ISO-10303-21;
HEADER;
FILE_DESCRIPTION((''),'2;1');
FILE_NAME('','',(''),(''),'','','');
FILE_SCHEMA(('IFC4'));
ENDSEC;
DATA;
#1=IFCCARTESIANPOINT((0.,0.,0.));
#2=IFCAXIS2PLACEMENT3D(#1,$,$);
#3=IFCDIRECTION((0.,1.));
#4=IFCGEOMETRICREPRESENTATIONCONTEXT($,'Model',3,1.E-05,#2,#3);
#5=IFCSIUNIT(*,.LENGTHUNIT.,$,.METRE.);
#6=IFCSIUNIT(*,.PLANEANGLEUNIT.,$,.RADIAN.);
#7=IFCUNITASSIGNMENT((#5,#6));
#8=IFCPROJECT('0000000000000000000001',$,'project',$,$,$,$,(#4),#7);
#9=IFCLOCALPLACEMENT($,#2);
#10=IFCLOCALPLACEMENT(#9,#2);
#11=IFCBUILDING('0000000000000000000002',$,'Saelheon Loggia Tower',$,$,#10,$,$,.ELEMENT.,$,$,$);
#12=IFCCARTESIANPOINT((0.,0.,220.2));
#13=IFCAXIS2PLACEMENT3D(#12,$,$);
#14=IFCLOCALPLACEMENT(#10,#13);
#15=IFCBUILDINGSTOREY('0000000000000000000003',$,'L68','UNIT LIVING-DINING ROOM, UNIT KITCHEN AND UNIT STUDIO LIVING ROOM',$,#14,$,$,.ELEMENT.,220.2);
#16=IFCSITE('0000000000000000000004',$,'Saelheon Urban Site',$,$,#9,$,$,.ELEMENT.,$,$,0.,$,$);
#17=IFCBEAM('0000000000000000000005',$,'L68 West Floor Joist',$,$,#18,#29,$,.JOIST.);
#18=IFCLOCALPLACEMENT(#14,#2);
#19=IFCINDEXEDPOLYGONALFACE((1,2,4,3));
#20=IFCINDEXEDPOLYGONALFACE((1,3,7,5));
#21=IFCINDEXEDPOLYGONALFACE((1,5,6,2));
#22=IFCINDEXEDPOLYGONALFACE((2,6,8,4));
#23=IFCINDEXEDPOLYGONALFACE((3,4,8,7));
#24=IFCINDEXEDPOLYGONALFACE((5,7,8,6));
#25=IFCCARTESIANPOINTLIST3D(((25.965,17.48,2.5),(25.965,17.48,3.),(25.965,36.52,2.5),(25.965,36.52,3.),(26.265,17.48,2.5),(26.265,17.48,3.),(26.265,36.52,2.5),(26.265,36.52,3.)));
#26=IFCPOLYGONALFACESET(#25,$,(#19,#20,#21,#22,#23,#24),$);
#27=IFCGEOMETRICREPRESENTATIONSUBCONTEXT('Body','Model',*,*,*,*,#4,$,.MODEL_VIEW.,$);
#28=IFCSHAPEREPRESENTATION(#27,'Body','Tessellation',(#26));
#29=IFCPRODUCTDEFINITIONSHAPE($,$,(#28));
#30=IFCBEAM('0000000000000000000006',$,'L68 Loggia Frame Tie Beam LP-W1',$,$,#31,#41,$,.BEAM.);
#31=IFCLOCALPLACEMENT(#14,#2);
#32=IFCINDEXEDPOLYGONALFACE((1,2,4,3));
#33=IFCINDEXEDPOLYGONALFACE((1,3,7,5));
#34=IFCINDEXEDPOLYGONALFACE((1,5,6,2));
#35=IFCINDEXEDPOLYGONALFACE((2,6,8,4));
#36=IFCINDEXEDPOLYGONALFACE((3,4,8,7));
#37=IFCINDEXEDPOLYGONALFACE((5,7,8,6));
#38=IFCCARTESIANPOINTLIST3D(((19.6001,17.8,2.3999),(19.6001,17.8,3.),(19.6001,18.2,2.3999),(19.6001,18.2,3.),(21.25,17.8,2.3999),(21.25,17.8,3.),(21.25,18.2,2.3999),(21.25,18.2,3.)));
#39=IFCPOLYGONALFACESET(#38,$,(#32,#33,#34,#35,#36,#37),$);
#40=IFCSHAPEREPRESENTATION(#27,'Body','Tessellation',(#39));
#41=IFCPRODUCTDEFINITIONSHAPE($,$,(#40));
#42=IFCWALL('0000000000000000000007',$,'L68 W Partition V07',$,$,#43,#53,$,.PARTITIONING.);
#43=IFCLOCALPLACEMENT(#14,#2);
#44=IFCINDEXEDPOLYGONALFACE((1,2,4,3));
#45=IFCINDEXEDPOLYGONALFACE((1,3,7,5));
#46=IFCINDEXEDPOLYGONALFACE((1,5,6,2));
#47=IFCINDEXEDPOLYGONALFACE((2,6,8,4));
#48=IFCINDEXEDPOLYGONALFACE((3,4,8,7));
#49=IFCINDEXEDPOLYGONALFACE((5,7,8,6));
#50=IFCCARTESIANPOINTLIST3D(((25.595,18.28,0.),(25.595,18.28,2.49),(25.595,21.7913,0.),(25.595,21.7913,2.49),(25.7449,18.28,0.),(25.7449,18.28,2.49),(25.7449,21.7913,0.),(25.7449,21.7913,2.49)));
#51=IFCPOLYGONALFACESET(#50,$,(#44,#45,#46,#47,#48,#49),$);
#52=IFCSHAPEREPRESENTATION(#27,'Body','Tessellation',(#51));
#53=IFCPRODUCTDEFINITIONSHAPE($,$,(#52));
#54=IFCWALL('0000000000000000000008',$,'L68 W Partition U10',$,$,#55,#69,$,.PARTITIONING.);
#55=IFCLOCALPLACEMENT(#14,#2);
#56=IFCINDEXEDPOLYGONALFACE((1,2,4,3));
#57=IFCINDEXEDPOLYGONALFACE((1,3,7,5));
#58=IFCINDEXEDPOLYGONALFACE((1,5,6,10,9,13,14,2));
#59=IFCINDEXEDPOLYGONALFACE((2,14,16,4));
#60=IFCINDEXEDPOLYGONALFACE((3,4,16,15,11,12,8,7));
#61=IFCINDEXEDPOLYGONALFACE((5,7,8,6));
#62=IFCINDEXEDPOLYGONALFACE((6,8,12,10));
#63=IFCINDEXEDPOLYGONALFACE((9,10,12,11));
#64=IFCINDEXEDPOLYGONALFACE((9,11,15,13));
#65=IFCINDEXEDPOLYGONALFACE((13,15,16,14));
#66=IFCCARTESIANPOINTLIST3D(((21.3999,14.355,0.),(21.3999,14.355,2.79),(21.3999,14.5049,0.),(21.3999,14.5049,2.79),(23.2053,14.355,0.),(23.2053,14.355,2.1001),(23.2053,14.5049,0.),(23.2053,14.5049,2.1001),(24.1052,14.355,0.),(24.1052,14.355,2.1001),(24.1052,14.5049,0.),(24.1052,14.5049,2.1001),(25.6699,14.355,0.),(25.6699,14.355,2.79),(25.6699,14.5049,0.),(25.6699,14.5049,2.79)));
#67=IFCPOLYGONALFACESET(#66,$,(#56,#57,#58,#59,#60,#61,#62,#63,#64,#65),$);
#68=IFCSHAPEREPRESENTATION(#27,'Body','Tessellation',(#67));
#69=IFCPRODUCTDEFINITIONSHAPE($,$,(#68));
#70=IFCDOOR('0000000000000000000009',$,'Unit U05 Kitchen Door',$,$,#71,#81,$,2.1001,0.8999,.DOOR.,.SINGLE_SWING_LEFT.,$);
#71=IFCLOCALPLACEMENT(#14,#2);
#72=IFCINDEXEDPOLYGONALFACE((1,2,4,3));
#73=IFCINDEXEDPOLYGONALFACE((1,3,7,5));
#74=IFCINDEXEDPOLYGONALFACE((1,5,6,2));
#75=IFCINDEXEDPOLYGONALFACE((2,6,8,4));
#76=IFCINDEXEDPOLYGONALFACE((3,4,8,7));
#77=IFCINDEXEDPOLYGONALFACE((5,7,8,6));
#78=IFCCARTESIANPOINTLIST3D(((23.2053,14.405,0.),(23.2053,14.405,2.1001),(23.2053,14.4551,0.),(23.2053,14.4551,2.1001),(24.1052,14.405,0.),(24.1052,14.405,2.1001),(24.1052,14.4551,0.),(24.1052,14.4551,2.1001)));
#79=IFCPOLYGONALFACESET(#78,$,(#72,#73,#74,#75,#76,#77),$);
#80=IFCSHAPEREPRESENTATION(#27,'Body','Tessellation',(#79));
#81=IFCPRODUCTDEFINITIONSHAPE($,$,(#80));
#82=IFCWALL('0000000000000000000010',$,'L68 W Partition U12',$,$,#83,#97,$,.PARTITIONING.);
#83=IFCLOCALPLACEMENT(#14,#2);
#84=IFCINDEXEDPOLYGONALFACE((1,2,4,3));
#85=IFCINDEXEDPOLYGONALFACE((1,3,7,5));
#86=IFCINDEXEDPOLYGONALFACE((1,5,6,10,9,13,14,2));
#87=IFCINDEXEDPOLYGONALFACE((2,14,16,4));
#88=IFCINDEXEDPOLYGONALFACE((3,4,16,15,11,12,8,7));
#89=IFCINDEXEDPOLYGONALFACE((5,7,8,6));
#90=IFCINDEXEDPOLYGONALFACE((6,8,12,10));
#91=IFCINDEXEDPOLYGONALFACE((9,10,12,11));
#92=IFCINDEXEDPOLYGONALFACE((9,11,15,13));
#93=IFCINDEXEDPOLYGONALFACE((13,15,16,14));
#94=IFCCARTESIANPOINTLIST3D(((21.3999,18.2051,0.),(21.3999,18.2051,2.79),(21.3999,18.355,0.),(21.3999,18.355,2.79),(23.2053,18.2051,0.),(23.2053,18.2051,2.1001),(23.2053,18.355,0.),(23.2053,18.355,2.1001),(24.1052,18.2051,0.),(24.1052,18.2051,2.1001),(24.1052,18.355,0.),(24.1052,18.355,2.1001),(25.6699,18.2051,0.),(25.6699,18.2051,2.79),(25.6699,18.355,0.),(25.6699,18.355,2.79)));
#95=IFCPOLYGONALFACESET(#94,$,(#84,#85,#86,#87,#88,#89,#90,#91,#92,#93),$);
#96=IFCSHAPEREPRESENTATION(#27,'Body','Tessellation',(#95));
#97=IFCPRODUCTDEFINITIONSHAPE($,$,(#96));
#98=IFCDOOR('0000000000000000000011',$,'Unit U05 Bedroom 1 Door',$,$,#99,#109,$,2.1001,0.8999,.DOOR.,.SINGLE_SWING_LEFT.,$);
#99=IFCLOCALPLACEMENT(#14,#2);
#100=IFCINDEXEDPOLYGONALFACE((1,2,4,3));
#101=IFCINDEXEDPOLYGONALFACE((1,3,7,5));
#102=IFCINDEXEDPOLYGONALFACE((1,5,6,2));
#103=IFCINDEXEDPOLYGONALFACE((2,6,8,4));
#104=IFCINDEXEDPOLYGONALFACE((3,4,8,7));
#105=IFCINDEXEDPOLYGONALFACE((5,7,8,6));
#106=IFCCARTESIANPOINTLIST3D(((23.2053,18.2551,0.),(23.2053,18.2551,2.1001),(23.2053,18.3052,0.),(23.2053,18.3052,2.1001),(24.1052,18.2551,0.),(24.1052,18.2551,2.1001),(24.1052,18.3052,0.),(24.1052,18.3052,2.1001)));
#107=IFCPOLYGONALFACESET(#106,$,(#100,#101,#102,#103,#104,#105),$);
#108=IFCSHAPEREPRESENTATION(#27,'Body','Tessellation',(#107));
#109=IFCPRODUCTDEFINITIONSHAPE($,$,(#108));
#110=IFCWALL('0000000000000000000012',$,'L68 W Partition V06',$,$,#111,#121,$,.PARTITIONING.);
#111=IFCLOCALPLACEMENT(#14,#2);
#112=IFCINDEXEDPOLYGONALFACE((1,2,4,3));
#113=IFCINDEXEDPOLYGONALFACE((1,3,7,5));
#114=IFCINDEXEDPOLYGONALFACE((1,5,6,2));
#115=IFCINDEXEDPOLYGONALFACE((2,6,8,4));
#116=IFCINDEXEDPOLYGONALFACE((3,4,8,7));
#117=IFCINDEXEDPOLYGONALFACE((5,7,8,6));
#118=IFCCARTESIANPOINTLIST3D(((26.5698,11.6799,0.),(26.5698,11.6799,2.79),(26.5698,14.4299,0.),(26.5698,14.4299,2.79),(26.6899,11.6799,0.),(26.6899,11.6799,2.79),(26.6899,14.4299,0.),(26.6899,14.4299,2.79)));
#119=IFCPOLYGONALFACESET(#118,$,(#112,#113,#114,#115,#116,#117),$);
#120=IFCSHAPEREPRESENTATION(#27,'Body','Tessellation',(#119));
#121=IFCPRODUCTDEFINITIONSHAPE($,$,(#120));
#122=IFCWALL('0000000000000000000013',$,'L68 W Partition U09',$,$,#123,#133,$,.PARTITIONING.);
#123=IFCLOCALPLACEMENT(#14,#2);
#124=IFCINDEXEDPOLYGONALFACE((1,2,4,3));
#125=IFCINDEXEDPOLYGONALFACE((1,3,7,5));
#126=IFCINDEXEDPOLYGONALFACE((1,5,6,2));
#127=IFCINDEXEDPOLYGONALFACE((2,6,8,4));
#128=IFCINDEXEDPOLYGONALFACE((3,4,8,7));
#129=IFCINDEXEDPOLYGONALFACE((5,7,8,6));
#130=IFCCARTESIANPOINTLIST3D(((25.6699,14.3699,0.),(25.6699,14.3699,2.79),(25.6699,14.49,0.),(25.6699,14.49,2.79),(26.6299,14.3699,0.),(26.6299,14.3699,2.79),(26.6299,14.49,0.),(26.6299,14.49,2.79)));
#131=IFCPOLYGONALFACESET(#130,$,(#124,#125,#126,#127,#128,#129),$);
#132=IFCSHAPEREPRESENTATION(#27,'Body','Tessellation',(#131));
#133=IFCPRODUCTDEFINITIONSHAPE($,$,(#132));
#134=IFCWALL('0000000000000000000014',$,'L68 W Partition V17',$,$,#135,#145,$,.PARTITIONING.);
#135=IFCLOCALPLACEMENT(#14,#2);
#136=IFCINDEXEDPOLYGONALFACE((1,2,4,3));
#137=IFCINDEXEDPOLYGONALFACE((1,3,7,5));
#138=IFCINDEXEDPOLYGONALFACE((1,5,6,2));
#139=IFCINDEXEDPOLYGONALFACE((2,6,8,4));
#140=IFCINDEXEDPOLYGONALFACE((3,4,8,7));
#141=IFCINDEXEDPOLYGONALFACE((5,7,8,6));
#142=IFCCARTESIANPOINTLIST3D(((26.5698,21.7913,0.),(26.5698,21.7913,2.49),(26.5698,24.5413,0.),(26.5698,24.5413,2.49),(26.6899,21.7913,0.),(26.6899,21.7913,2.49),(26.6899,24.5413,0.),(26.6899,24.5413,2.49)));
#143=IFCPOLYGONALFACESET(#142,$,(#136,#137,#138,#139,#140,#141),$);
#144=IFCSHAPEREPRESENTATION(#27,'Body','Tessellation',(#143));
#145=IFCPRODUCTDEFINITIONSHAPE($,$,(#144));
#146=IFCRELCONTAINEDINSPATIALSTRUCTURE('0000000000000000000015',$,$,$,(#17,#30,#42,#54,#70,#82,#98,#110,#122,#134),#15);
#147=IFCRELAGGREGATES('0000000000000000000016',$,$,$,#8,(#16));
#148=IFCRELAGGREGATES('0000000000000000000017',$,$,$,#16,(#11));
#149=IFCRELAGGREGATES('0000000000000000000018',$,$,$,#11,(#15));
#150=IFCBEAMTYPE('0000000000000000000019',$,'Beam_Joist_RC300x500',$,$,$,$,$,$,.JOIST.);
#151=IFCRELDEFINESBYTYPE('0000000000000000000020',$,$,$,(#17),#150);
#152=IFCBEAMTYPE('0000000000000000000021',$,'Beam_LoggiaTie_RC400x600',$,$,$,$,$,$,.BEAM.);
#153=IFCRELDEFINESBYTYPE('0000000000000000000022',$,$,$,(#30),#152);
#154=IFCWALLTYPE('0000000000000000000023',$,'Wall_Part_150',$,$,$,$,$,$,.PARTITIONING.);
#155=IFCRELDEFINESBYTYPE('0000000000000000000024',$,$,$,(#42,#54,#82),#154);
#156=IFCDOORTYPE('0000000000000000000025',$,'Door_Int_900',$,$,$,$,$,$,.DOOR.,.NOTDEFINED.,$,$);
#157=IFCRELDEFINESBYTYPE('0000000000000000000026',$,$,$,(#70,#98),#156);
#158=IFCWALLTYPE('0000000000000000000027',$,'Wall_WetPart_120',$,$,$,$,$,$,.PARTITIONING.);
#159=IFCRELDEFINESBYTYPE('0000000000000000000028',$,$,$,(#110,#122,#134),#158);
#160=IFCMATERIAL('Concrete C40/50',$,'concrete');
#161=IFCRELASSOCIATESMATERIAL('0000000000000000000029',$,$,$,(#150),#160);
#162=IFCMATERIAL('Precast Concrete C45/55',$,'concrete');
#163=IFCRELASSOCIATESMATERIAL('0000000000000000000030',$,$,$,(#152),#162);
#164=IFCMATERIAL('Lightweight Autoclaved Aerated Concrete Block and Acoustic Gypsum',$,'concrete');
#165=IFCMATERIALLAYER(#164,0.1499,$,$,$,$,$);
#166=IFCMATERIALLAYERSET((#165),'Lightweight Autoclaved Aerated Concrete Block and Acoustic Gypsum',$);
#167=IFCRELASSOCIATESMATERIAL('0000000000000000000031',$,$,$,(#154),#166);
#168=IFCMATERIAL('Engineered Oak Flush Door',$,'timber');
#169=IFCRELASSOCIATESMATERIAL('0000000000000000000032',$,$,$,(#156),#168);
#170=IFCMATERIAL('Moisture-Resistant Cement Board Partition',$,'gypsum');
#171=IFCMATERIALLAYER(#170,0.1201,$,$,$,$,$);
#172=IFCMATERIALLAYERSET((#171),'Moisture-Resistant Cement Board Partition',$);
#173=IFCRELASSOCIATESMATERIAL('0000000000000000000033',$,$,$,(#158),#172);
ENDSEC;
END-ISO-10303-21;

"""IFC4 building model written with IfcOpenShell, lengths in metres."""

from ifc_helpers import new_model, si_unit, direction, frame, frame_2d, origin, origin_2d, place, context, subcontext, project, spatial, rectangle, extrude, source, transform, mapped, material, layer, layer_set, material_profile, profile_set, type_object, element, fill, save


model = new_model("IFC4")

# Units and contexts
model_context = context("Model", 3, precision=1e-05, world=origin(), true_north=direction((0.0, 1.0)))
body_context = subcontext(model_context, "Body", "Model", "MODEL_VIEW")
ifc_project = project(units=[si_unit("LENGTHUNIT", "METRE"), si_unit("PLANEANGLEUNIT", "RADIAN")], contexts=[model_context])

# Site, building, storey
site_placement = place(None, origin())
site = spatial("IfcSite", under=ifc_project, at=site_placement, Name="Saelheon Urban Site", CompositionType="ELEMENT", RefElevation=0.0)
building_placement = place(site_placement, origin())
building = spatial("IfcBuilding", under=site, at=building_placement, Name="Saelheon Loggia Tower", CompositionType="ELEMENT")
storey_placement = place(building_placement, frame((0.0, 0.0, 220.2)))
storey = spatial("IfcBuildingStorey", under=building, at=storey_placement, Name="L68", Description="UNIT LIVING-DINING ROOM, UNIT KITCHEN AND UNIT STUDIO LIVING ROOM", CompositionType="ELEMENT", Elevation=220.2)

# Beams
ifc_material_1 = material(Name="Concrete C40/50", Category="concrete")
ifc_material_profile_1 = material_profile(ifc_material_1, rectangle(XDim=0.3, YDim=0.5, at=origin_2d()), Name="RC-300x500")
ifc_profile_set_1 = profile_set([ifc_material_profile_1], Name="Concrete C40/50")
beam_type_1 = type_object("IfcBeamType", Name="Beam_Joist_RC300x500", PredefinedType="JOIST", material=ifc_profile_set_1)
shared_shape_1 = source(origin(), body_context, "Body", "SweptSolid", [
    extrude(rectangle(XDim=0.3, YDim=0.5, at=origin_2d()), origin(), (0.0, 0.0, 1.0), 19.04),
])
beam_1_placement = place(storey_placement, frame((26.115, 17.48, 2.75), z_axis=(0.0, 1.0, 0.0), x_axis=(-1.0, 0.0, 0.0)))
element("IfcBeam", 1, at=beam_1_placement, inside=storey, type_object=beam_type_1, Name="L68 West Floor Joist", PredefinedType="JOIST", context=body_context, shape_type="MappedRepresentation", body=[
    mapped(shared_shape_1, transform((0.0, 0.0, 0.0), scale=1.0)),
])
ifc_material_2 = material(Name="Precast Concrete C45/55", Category="concrete")
ifc_material_profile_2 = material_profile(ifc_material_2, rectangle(XDim=0.3999, YDim=0.6001, at=origin_2d()), Name="RC-400x600")
ifc_profile_set_2 = profile_set([ifc_material_profile_2], Name="Precast Concrete C45/55")
beam_type_2 = type_object("IfcBeamType", Name="Beam_LoggiaTie_RC400x600", PredefinedType="BEAM", material=ifc_profile_set_2)
shared_shape_2 = source(origin(), body_context, "Body", "SweptSolid", [
    extrude(rectangle(XDim=0.3999, YDim=0.6001, at=origin_2d()), origin(), (0.0, 0.0, 1.0), 1.6499),
])
beam_2_placement = place(storey_placement, frame((21.25, 18.0, 2.7), z_axis=(-1.0, 0.0, 0.0), x_axis=(0.0, -1.0, 0.0)))
element("IfcBeam", 2, at=beam_2_placement, inside=storey, type_object=beam_type_2, Name="L68 Loggia Frame Tie Beam LP-W1", PredefinedType="BEAM", context=body_context, shape_type="MappedRepresentation", body=[
    mapped(shared_shape_2, transform((0.0, 0.0, 0.0), scale=1.0)),
])

# Wall
ifc_material_3 = material(Name="Lightweight Autoclaved Aerated Concrete Block and Acoustic Gypsum", Category="concrete")
ifc_layer_1 = layer(ifc_material_3, 0.1499)
ifc_layer_set_1 = layer_set([ifc_layer_1], Name="Lightweight Autoclaved Aerated Concrete Block and Acoustic Gypsum")
wall_type_1 = type_object("IfcWallType", Name="Wall_Part_150", PredefinedType="PARTITIONING", material=ifc_layer_set_1)
wall_1_placement = place(storey_placement, frame((25.6699, 18.28, 0.0), z_axis=(0.0, 0.0, 1.0), x_axis=(0.0, 1.0, 0.0)))
element("IfcWall", 3, at=wall_1_placement, inside=storey, type_object=wall_type_1, Name="L68 W Partition V07", PredefinedType="PARTITIONING", context=body_context, shape_type="SweptSolid", body=[
    extrude(rectangle(XDim=3.5112, YDim=0.1499, at=frame_2d((1.7556, 0.0))), origin(), (0.0, 0.0, 1.0), 2.49),
])

# Walls, openings, doors
wall_2_placement = place(storey_placement, frame((25.6699, 14.4299, 0.0), z_axis=(0.0, 0.0, 1.0), x_axis=(-1.0, 0.0, 0.0)))
wall_2 = element("IfcWall", 4, at=wall_2_placement, inside=storey, type_object=wall_type_1, Name="L68 W Partition U10", PredefinedType="PARTITIONING", context=body_context, shape_type="SweptSolid", body=[
    extrude(rectangle(XDim=4.27, YDim=0.1499, at=frame_2d((2.135, 0.0))), origin(), (0.0, 0.0, 1.0), 2.79),
])
opening_1_placement = place(wall_2_placement, frame((1.5647, 0.0, 0.0)))
opening_1 = element("IfcOpeningElement", 5, at=opening_1_placement, cuts=wall_2, PredefinedType="OPENING", context=body_context, shape_type="SweptSolid", body=[
    extrude(rectangle(XDim=0.8999, YDim=2.1001, at=frame_2d((0.45, 1.05))), frame((0.0, 0.0869, 0.0), z_axis=(0.0, -1.0, 0.0), x_axis=(1.0, 0.0, 0.0)), (0.0, 0.0, 1.0), 0.1738),
])
ifc_material_4 = material(Name="Engineered Oak Flush Door", Category="timber")
door_type = type_object("IfcDoorType", Name="Door_Int_900", OperationType="NOTDEFINED", PredefinedType="DOOR", material=ifc_material_4)
shared_shape_3 = source(origin(), body_context, "Body", "SweptSolid", [
    extrude(rectangle(XDim=0.8999, YDim=2.1001, at=frame_2d((0.45, 1.05))), frame((0.0, 0.0249, 0.0), z_axis=(0.0, -1.0, 0.0), x_axis=(1.0, 0.0, 0.0)), (0.0, 0.0, 1.0), 0.05),
])
door_1_placement = place(opening_1_placement, origin())
door_1 = element("IfcDoor", 6, at=door_1_placement, inside=storey, type_object=door_type, Name="Unit U05 Kitchen Door", OperationType="SINGLE_SWING_LEFT", OverallHeight=2.1001, OverallWidth=0.8999, PredefinedType="DOOR", context=body_context, shape_type="MappedRepresentation", body=[
    mapped(shared_shape_3, transform((0.0, 0.0, 0.0), scale=1.0)),
])
fill(opening_1, door_1)
wall_3_placement = place(storey_placement, frame((25.6699, 18.28, 0.0), z_axis=(0.0, 0.0, 1.0), x_axis=(-1.0, 0.0, 0.0)))
wall_3 = element("IfcWall", 7, at=wall_3_placement, inside=storey, type_object=wall_type_1, Name="L68 W Partition U12", PredefinedType="PARTITIONING", context=body_context, shape_type="SweptSolid", body=[
    extrude(rectangle(XDim=4.27, YDim=0.1499, at=frame_2d((2.135, 0.0))), origin(), (0.0, 0.0, 1.0), 2.79),
])
opening_2_placement = place(wall_3_placement, frame((1.5647, 0.0, 0.0)))
opening_2 = element("IfcOpeningElement", 8, at=opening_2_placement, cuts=wall_3, PredefinedType="OPENING", context=body_context, shape_type="SweptSolid", body=[
    extrude(rectangle(XDim=0.8999, YDim=2.1001, at=frame_2d((0.45, 1.05))), frame((0.0, 0.0869, 0.0), z_axis=(0.0, -1.0, 0.0), x_axis=(1.0, 0.0, 0.0)), (0.0, 0.0, 1.0), 0.1738),
])
door_2_placement = place(opening_2_placement, origin())
door_2 = element("IfcDoor", 9, at=door_2_placement, inside=storey, type_object=door_type, Name="Unit U05 Bedroom 1 Door", OperationType="SINGLE_SWING_LEFT", OverallHeight=2.1001, OverallWidth=0.8999, PredefinedType="DOOR", context=body_context, shape_type="MappedRepresentation", body=[
    mapped(shared_shape_3, transform((0.0, 0.0, 0.0), scale=1.0)),
])
fill(opening_2, door_2)

# Walls
ifc_material_5 = material(Name="Moisture-Resistant Cement Board Partition", Category="gypsum")
ifc_layer_2 = layer(ifc_material_5, 0.1201)
ifc_layer_set_2 = layer_set([ifc_layer_2], Name="Moisture-Resistant Cement Board Partition")
wall_type_2 = type_object("IfcWallType", Name="Wall_WetPart_120", PredefinedType="PARTITIONING", material=ifc_layer_set_2)
wall_4_placement = place(storey_placement, frame((26.6299, 11.6799, 0.0), z_axis=(0.0, 0.0, 1.0), x_axis=(0.0, 1.0, 0.0)))
element("IfcWall", 10, at=wall_4_placement, inside=storey, type_object=wall_type_2, Name="L68 W Partition V06", PredefinedType="PARTITIONING", context=body_context, shape_type="SweptSolid", body=[
    extrude(rectangle(XDim=2.75, YDim=0.1201, at=frame_2d((1.375, 0.0))), origin(), (0.0, 0.0, 1.0), 2.79),
])
wall_5_placement = place(storey_placement, frame((26.6299, 14.4299, 0.0), z_axis=(0.0, 0.0, 1.0), x_axis=(-1.0, 0.0, 0.0)))
element("IfcWall", 11, at=wall_5_placement, inside=storey, type_object=wall_type_2, Name="L68 W Partition U09", PredefinedType="PARTITIONING", context=body_context, shape_type="SweptSolid", body=[
    extrude(rectangle(XDim=0.96, YDim=0.1201, at=frame_2d((0.48, 0.0))), origin(), (0.0, 0.0, 1.0), 2.79),
])
wall_6_placement = place(storey_placement, frame((26.6299, 21.7913, 0.0), z_axis=(0.0, 0.0, 1.0), x_axis=(0.0, 1.0, 0.0)))
element("IfcWall", 12, at=wall_6_placement, inside=storey, type_object=wall_type_2, Name="L68 W Partition V17", PredefinedType="PARTITIONING", context=body_context, shape_type="SweptSolid", body=[
    extrude(rectangle(XDim=2.75, YDim=0.1201, at=frame_2d((1.375, 0.0))), origin(), (0.0, 0.0, 1.0), 2.49),
])

save(model, "model.ifc")
